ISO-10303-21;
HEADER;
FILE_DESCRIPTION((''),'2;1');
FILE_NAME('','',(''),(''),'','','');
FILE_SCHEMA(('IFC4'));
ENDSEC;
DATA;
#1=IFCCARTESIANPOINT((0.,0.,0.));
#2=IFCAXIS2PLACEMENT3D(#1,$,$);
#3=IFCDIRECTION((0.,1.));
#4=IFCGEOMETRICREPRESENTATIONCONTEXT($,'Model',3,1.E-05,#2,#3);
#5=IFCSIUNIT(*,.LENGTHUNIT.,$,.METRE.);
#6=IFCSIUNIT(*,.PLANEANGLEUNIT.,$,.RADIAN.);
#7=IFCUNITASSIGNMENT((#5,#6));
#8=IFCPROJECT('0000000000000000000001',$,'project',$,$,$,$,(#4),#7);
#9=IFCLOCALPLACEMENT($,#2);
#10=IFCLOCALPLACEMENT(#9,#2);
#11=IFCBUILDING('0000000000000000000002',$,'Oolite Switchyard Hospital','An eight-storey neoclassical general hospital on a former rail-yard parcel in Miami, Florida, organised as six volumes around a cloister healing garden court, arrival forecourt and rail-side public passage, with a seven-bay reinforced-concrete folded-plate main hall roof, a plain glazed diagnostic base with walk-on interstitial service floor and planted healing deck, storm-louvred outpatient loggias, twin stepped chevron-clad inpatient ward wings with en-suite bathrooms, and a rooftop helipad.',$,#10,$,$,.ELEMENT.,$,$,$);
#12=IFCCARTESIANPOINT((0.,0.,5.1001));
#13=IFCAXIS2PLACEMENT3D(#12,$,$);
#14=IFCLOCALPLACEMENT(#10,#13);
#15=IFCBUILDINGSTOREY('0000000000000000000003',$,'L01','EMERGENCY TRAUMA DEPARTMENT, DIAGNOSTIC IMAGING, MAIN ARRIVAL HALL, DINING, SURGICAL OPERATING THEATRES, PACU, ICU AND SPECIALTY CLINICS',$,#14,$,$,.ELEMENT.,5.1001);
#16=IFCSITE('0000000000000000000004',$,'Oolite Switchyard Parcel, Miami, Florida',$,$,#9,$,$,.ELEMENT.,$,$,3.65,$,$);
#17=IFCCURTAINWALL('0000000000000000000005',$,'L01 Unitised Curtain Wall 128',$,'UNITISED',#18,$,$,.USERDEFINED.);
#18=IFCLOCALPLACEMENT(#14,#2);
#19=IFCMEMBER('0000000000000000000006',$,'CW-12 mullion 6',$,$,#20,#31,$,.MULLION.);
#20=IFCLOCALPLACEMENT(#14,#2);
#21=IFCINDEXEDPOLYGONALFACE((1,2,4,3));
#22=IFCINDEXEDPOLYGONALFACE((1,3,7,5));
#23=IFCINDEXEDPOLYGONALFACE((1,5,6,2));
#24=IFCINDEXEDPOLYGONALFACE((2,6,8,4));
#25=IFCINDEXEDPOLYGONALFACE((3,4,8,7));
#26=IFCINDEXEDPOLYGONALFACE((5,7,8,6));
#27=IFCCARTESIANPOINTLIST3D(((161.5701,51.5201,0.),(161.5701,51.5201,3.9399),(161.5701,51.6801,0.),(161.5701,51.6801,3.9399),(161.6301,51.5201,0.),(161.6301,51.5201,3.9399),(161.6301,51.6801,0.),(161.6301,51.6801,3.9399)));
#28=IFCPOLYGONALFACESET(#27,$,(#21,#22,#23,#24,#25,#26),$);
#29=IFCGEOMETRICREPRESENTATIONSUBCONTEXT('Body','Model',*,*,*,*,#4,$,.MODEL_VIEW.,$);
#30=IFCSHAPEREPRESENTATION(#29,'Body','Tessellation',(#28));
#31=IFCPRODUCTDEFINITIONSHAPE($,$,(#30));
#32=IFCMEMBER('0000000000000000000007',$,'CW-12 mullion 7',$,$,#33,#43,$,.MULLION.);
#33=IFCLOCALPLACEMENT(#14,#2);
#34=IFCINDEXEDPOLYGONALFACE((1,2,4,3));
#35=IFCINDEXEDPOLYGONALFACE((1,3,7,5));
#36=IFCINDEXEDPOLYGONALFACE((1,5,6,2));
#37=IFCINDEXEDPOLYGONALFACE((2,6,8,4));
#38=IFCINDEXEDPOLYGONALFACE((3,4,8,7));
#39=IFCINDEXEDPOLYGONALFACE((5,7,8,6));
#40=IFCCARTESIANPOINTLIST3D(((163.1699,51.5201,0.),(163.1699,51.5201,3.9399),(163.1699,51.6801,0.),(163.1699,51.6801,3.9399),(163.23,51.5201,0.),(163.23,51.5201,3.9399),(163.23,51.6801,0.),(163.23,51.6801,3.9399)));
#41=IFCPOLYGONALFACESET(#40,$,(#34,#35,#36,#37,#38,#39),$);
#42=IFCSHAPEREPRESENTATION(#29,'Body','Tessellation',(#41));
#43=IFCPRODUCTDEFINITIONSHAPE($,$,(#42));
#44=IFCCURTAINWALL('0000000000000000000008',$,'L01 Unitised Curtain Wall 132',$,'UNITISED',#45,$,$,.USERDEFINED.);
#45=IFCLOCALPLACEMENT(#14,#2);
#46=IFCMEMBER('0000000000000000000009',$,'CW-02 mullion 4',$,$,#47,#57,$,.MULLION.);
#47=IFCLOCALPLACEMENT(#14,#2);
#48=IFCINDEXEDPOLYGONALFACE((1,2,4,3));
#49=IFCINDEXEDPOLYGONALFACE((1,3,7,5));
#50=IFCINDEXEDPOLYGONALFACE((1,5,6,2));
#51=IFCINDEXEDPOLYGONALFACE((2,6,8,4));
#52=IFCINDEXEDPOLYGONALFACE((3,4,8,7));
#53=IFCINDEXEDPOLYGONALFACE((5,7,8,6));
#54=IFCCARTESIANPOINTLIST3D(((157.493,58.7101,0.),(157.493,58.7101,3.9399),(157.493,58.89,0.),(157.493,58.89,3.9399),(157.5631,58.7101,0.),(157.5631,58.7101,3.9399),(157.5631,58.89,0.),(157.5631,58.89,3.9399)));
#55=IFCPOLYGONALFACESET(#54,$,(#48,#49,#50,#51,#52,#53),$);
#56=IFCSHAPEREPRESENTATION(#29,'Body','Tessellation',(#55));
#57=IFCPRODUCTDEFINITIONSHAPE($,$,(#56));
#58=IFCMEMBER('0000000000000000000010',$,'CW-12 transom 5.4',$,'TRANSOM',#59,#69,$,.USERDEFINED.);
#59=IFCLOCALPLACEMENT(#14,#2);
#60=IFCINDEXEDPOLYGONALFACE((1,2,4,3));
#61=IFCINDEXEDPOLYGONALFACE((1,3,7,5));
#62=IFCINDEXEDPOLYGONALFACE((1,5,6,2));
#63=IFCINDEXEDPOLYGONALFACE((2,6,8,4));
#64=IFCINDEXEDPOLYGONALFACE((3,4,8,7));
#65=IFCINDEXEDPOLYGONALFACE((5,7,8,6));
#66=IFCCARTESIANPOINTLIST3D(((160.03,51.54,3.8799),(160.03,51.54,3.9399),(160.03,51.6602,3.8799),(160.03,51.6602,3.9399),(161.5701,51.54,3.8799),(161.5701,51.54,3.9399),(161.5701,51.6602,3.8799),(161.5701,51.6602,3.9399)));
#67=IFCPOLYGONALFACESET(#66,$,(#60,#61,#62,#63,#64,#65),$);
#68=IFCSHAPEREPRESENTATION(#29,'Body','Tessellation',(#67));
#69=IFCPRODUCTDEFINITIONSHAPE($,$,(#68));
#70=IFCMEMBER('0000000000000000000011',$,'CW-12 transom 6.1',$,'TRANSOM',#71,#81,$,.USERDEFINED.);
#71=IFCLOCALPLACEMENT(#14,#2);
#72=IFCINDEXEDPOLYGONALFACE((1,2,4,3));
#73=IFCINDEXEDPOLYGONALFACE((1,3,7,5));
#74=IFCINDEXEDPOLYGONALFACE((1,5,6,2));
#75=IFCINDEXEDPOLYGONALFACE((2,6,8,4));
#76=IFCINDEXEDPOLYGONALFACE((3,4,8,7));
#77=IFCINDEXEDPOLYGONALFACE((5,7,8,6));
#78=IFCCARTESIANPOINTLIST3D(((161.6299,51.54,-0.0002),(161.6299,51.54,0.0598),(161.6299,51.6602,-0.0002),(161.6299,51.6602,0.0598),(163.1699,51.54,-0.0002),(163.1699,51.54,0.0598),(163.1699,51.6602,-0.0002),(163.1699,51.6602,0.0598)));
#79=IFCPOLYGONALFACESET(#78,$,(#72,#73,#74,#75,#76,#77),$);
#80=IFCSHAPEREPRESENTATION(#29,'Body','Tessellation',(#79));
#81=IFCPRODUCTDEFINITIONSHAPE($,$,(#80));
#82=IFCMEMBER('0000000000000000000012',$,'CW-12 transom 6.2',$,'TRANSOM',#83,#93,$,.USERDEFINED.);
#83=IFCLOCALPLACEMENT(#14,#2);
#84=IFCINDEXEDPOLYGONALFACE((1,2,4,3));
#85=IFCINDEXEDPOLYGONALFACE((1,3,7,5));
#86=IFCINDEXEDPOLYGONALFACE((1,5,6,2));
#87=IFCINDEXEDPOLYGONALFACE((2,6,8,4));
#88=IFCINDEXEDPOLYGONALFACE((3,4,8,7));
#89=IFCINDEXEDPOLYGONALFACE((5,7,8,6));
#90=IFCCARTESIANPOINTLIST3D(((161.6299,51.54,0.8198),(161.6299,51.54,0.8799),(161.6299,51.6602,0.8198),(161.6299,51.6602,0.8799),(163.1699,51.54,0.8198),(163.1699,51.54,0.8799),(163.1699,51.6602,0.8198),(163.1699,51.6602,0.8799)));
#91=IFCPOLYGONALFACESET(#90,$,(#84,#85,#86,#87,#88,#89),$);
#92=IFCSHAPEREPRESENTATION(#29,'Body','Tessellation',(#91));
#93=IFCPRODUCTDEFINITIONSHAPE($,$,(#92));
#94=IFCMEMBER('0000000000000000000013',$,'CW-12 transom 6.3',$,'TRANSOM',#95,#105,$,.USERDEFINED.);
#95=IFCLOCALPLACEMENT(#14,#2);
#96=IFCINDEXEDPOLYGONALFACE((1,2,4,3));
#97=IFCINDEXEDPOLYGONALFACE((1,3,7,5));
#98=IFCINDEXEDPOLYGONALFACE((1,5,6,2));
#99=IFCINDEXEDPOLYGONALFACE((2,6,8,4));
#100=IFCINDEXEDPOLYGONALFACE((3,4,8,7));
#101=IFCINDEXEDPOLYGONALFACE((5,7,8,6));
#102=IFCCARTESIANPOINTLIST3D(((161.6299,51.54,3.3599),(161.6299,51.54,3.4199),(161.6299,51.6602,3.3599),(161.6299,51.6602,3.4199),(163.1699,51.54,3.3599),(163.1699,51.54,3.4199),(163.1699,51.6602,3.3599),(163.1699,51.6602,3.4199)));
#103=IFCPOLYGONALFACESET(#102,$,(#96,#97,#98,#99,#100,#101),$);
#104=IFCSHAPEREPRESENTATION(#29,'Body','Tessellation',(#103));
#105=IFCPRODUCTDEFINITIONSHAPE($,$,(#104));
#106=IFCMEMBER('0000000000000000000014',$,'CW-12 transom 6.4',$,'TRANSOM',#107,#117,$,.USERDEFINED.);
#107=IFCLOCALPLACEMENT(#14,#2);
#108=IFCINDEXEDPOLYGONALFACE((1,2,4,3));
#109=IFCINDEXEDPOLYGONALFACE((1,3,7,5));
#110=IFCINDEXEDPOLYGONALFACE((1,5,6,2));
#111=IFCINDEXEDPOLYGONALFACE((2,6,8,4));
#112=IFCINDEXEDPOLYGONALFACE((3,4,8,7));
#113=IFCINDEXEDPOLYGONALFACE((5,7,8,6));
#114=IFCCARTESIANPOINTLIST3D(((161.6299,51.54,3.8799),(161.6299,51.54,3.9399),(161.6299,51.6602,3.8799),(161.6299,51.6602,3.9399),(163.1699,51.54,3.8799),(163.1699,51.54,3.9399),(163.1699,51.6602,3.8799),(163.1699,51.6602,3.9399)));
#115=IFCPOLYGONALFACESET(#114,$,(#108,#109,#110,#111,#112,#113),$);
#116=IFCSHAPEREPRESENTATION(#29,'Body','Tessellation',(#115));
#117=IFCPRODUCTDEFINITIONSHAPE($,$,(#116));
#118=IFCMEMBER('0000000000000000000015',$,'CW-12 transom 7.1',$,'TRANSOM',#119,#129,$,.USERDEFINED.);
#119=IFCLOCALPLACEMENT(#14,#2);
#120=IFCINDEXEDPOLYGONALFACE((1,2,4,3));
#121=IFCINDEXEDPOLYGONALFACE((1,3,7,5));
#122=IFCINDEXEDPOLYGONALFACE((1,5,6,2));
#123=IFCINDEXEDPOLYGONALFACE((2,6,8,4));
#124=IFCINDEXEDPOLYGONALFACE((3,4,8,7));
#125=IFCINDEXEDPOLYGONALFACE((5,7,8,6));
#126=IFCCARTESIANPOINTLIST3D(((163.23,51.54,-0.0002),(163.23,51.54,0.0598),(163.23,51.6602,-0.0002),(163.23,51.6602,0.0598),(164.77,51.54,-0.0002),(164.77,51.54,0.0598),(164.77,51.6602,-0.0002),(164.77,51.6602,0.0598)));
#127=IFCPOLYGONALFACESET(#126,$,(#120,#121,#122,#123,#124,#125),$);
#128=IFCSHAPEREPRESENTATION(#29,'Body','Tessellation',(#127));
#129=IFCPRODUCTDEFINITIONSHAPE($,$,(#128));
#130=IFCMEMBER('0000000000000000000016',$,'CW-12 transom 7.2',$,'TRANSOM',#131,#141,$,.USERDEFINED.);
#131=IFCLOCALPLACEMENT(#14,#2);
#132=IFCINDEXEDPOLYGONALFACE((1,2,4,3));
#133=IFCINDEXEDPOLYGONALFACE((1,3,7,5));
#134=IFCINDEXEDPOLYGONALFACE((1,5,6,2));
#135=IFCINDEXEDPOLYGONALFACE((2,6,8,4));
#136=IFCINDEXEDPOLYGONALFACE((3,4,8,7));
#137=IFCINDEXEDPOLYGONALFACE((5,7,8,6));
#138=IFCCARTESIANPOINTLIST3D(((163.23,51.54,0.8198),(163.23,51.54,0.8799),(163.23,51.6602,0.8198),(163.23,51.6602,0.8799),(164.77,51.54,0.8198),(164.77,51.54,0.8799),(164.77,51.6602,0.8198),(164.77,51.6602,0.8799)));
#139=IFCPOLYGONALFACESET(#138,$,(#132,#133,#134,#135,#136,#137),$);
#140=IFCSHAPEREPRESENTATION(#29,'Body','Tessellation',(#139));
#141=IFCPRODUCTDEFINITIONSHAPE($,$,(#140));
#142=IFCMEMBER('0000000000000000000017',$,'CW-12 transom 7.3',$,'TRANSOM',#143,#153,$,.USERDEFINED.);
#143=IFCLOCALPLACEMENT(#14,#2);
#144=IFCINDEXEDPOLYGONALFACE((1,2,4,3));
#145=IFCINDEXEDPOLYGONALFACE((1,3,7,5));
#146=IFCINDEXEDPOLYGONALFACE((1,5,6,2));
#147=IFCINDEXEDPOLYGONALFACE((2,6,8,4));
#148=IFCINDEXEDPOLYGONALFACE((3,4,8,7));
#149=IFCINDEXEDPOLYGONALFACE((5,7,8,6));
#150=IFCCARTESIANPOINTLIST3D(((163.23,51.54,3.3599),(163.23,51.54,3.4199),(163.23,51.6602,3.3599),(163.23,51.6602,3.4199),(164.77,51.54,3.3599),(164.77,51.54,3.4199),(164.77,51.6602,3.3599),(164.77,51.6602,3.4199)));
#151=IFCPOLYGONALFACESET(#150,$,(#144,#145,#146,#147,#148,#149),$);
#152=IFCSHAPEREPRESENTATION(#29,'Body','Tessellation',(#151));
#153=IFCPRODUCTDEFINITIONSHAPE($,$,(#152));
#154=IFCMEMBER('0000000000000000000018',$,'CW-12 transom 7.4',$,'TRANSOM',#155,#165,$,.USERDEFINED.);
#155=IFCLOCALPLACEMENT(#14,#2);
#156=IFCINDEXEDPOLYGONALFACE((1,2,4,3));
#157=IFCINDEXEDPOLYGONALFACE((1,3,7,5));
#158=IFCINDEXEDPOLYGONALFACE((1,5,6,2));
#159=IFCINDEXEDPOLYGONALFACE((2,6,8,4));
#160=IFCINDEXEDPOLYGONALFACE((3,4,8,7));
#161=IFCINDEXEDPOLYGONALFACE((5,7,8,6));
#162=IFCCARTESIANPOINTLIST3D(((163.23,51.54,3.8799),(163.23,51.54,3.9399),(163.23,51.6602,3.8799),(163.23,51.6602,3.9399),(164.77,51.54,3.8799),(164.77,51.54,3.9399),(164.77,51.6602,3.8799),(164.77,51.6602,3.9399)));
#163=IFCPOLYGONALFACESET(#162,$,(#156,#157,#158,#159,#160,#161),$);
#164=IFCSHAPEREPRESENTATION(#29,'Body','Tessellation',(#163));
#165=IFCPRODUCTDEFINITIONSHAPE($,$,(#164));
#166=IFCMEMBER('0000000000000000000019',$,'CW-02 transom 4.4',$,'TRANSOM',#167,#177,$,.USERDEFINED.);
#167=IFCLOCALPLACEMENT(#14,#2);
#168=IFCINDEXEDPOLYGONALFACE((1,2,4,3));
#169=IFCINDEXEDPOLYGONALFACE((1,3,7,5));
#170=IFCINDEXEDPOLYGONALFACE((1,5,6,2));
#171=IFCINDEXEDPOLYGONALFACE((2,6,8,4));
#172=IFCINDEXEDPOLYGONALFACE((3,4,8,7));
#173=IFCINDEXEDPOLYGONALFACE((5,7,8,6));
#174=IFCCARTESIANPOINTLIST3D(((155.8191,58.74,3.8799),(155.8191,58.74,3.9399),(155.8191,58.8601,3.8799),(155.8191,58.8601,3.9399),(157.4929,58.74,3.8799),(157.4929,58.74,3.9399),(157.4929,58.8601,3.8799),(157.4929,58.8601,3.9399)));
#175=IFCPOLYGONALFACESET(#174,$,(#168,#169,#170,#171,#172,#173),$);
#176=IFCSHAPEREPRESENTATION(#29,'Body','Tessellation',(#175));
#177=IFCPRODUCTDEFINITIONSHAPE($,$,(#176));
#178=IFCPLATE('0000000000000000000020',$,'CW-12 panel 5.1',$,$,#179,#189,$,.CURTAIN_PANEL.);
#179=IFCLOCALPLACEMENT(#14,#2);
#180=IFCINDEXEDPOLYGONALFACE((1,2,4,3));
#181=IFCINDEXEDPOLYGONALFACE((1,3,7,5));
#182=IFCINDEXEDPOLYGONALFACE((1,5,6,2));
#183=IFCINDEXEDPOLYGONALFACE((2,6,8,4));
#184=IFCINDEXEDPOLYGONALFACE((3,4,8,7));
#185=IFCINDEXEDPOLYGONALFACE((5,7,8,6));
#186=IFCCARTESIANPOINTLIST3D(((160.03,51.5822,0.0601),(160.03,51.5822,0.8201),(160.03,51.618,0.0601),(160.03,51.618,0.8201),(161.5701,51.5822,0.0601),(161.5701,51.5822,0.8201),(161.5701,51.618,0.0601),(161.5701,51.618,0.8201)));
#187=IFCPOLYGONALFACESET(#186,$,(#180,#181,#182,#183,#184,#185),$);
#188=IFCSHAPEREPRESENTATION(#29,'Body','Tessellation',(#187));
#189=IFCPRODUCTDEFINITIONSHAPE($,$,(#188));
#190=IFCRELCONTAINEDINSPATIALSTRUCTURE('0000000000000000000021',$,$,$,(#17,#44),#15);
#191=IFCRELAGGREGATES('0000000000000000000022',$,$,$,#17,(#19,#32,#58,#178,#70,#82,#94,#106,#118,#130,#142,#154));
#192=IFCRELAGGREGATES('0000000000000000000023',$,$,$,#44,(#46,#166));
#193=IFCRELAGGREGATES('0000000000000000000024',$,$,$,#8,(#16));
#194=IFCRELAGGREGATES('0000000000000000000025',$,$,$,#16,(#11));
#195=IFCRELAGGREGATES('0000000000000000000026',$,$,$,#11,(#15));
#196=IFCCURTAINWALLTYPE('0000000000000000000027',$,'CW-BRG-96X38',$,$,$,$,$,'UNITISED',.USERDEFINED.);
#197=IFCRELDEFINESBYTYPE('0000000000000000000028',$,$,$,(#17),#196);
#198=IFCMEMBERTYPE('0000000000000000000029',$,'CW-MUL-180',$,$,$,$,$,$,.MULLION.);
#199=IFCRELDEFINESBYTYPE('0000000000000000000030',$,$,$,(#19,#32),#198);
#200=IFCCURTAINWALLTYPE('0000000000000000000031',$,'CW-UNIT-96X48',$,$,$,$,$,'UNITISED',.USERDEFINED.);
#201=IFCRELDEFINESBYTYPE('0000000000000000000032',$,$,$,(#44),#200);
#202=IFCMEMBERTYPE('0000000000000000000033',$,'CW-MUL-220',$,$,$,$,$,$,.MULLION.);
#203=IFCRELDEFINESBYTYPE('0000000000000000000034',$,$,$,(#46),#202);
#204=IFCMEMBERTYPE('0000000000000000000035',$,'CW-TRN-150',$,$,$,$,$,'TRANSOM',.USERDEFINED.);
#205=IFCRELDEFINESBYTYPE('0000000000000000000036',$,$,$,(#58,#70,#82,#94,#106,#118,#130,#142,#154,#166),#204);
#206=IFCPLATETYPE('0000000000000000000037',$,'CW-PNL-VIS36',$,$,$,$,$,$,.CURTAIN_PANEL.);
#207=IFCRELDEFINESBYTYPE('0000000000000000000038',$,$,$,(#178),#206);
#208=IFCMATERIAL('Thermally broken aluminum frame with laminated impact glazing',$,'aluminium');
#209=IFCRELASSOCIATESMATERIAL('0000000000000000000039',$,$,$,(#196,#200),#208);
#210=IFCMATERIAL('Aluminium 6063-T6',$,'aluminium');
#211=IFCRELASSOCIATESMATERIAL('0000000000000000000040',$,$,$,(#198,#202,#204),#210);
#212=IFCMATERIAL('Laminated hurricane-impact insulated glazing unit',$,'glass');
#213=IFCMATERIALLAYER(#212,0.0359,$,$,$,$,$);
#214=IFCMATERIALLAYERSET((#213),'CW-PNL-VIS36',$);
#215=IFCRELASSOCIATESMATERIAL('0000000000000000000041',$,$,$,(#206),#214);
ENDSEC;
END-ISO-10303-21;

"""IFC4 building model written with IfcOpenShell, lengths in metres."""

from ifc_helpers import new_model, si_unit, direction, frame, origin, origin_2d, place, context, subcontext, project, spatial, rectangle, extrude, material, layer, layer_set, material_profile, profile_set, type_object, element, aggregate, save


model = new_model("IFC4")

# Units and contexts
model_context = context("Model", 3, precision=1e-05, world=origin(), true_north=direction((0.0, 1.0)))
body_context = subcontext(model_context, "Body", "Model", "MODEL_VIEW")
ifc_project = project(units=[si_unit("LENGTHUNIT", "METRE"), si_unit("PLANEANGLEUNIT", "RADIAN")], contexts=[model_context])

# Site, building, storey
site_placement = place(None, origin())
site = spatial("IfcSite", under=ifc_project, at=site_placement, Name="Oolite Switchyard Parcel, Miami, Florida", CompositionType="ELEMENT", RefElevation=3.65)
building_placement = place(site_placement, origin())
building = spatial("IfcBuilding", under=site, at=building_placement, Name="Oolite Switchyard Hospital", Description="An eight-storey neoclassical general hospital on a former rail-yard parcel in Miami, Florida, organised as six volumes around a cloister healing garden court, arrival forecourt and rail-side public passage, with a seven-bay reinforced-concrete folded-plate main hall roof, a plain glazed diagnostic base with walk-on interstitial service floor and planted healing deck, storm-louvred outpatient loggias, twin stepped chevron-clad inpatient ward wings with en-suite bathrooms, and a rooftop helipad.", CompositionType="ELEMENT")
storey_placement = place(building_placement, frame((0.0, 0.0, 5.1001)))
storey = spatial("IfcBuildingStorey", under=building, at=storey_placement, Name="L01", Description="EMERGENCY TRAUMA DEPARTMENT, DIAGNOSTIC IMAGING, MAIN ARRIVAL HALL, DINING, SURGICAL OPERATING THEATRES, PACU, ICU AND SPECIALTY CLINICS", CompositionType="ELEMENT", Elevation=5.1001)

# Curtain wall, members
ifc_material_1 = material(Name="Thermally broken aluminum frame with laminated impact glazing", Category="aluminium")
curtain_wall_type_1 = type_object("IfcCurtainWallType", Name="CW-BRG-96X38", ElementType="UNITISED", PredefinedType="USERDEFINED", material=ifc_material_1)
curtain_wall_1_placement = place(storey_placement, origin())
curtain_wall_1 = element("IfcCurtainWall", 1, at=curtain_wall_1_placement, inside=storey, type_object=curtain_wall_type_1, Name="L01 Unitised Curtain Wall 128", ObjectType="UNITISED", PredefinedType="USERDEFINED")
ifc_material_2 = material(Name="Aluminium 6063-T6", Category="aluminium")
ifc_material_profile_1 = material_profile(ifc_material_2, rectangle(XDim=0.1599, YDim=0.0601, at=origin_2d()), Name="CWM60X160")
ifc_profile_set_1 = profile_set([ifc_material_profile_1], Name="Aluminium 6063-T6")
member_type_1 = type_object("IfcMemberType", Name="CW-MUL-180", PredefinedType="MULLION", material=ifc_profile_set_1)
member_1_placement = place(storey_placement, frame((161.6001, 51.6001, 0.0), z_axis=(0.0, 0.0, 1.0), x_axis=(0.0, 1.0, 0.0)))
member_1 = element("IfcMember", 2, at=member_1_placement, type_object=member_type_1, Name="CW-12 mullion 6", PredefinedType="MULLION", context=body_context, shape_type="SweptSolid", body=[
    extrude(rectangle(XDim=0.1599, YDim=0.0601, at=origin_2d()), origin(), (0.0, 0.0, 1.0), 3.9399),
])
member_2_placement = place(storey_placement, frame((163.2, 51.6001, 0.0), z_axis=(0.0, 0.0, 1.0), x_axis=(0.0, 1.0, 0.0)))
member_2 = element("IfcMember", 3, at=member_2_placement, type_object=member_type_1, Name="CW-12 mullion 7", PredefinedType="MULLION", context=body_context, shape_type="SweptSolid", body=[
    extrude(rectangle(XDim=0.1599, YDim=0.0601, at=origin_2d()), origin(), (0.0, 0.0, 1.0), 3.9399),
])

# Curtain wall, member
curtain_wall_type_2 = type_object("IfcCurtainWallType", Name="CW-UNIT-96X48", ElementType="UNITISED", PredefinedType="USERDEFINED", material=ifc_material_1)
curtain_wall_2_placement = place(storey_placement, origin())
curtain_wall_2 = element("IfcCurtainWall", 4, at=curtain_wall_2_placement, inside=storey, type_object=curtain_wall_type_2, Name="L01 Unitised Curtain Wall 132", ObjectType="UNITISED", PredefinedType="USERDEFINED")
ifc_material_profile_2 = material_profile(ifc_material_2, rectangle(XDim=0.1799, YDim=0.0701, at=origin_2d()), Name="CWM70X180")
ifc_profile_set_2 = profile_set([ifc_material_profile_2], Name="Aluminium 6063-T6")
member_type_2 = type_object("IfcMemberType", Name="CW-MUL-220", PredefinedType="MULLION", material=ifc_profile_set_2)
member_3_placement = place(storey_placement, frame((157.5281, 58.8, 0.0), z_axis=(0.0, 0.0, 1.0), x_axis=(0.0, -1.0, 0.0)))
member_3 = element("IfcMember", 5, at=member_3_placement, type_object=member_type_2, Name="CW-02 mullion 4", PredefinedType="MULLION", context=body_context, shape_type="SweptSolid", body=[
    extrude(rectangle(XDim=0.1799, YDim=0.0701, at=origin_2d()), origin(), (0.0, 0.0, 1.0), 3.9399),
])

# Members
ifc_material_profile_3 = material_profile(ifc_material_2, rectangle(XDim=0.1201, YDim=0.0601, at=origin_2d()), Name="CWT60X120")
ifc_profile_set_3 = profile_set([ifc_material_profile_3], Name="Aluminium 6063-T6")
member_type_3 = type_object("IfcMemberType", Name="CW-TRN-150", ElementType="TRANSOM", PredefinedType="USERDEFINED", material=ifc_profile_set_3)
member_4_placement = place(storey_placement, frame((160.03, 51.6001, 3.9099), z_axis=(1.0, 0.0, 0.0), x_axis=(0.0, 1.0, 0.0)))
member_4 = element("IfcMember", 6, at=member_4_placement, type_object=member_type_3, Name="CW-12 transom 5.4", ObjectType="TRANSOM", PredefinedType="USERDEFINED", context=body_context, shape_type="SweptSolid", body=[
    extrude(rectangle(XDim=0.1201, YDim=0.0601, at=origin_2d()), origin(), (0.0, 0.0, 1.0), 1.54),
])
member_5_placement = place(storey_placement, frame((161.6299, 51.6001, 0.0298), z_axis=(1.0, 0.0, 0.0), x_axis=(0.0, 1.0, 0.0)))
member_5 = element("IfcMember", 7, at=member_5_placement, type_object=member_type_3, Name="CW-12 transom 6.1", ObjectType="TRANSOM", PredefinedType="USERDEFINED", context=body_context, shape_type="SweptSolid", body=[
    extrude(rectangle(XDim=0.1201, YDim=0.0601, at=origin_2d()), origin(), (0.0, 0.0, 1.0), 1.54),
])
member_6_placement = place(storey_placement, frame((161.6299, 51.6001, 0.8499), z_axis=(1.0, 0.0, 0.0), x_axis=(0.0, 1.0, 0.0)))
member_6 = element("IfcMember", 8, at=member_6_placement, type_object=member_type_3, Name="CW-12 transom 6.2", ObjectType="TRANSOM", PredefinedType="USERDEFINED", context=body_context, shape_type="SweptSolid", body=[
    extrude(rectangle(XDim=0.1201, YDim=0.0601, at=origin_2d()), origin(), (0.0, 0.0, 1.0), 1.54),
])
member_7_placement = place(storey_placement, frame((161.6299, 51.6001, 3.3899), z_axis=(1.0, 0.0, 0.0), x_axis=(0.0, 1.0, 0.0)))
member_7 = element("IfcMember", 9, at=member_7_placement, type_object=member_type_3, Name="CW-12 transom 6.3", ObjectType="TRANSOM", PredefinedType="USERDEFINED", context=body_context, shape_type="SweptSolid", body=[
    extrude(rectangle(XDim=0.1201, YDim=0.0601, at=origin_2d()), origin(), (0.0, 0.0, 1.0), 1.54),
])
member_8_placement = place(storey_placement, frame((161.6299, 51.6001, 3.9099), z_axis=(1.0, 0.0, 0.0), x_axis=(0.0, 1.0, 0.0)))
member_8 = element("IfcMember", 10, at=member_8_placement, type_object=member_type_3, Name="CW-12 transom 6.4", ObjectType="TRANSOM", PredefinedType="USERDEFINED", context=body_context, shape_type="SweptSolid", body=[
    extrude(rectangle(XDim=0.1201, YDim=0.0601, at=origin_2d()), origin(), (0.0, 0.0, 1.0), 1.54),
])
member_9_placement = place(storey_placement, frame((163.23, 51.6001, 0.0298), z_axis=(1.0, 0.0, 0.0), x_axis=(0.0, 1.0, 0.0)))
member_9 = element("IfcMember", 11, at=member_9_placement, type_object=member_type_3, Name="CW-12 transom 7.1", ObjectType="TRANSOM", PredefinedType="USERDEFINED", context=body_context, shape_type="SweptSolid", body=[
    extrude(rectangle(XDim=0.1201, YDim=0.0601, at=origin_2d()), origin(), (0.0, 0.0, 1.0), 1.54),
])
member_10_placement = place(storey_placement, frame((163.23, 51.6001, 0.8499), z_axis=(1.0, 0.0, 0.0), x_axis=(0.0, 1.0, 0.0)))
member_10 = element("IfcMember", 12, at=member_10_placement, type_object=member_type_3, Name="CW-12 transom 7.2", ObjectType="TRANSOM", PredefinedType="USERDEFINED", context=body_context, shape_type="SweptSolid", body=[
    extrude(rectangle(XDim=0.1201, YDim=0.0601, at=origin_2d()), origin(), (0.0, 0.0, 1.0), 1.54),
])
member_11_placement = place(storey_placement, frame((163.23, 51.6001, 3.3899), z_axis=(1.0, 0.0, 0.0), x_axis=(0.0, 1.0, 0.0)))
member_11 = element("IfcMember", 13, at=member_11_placement, type_object=member_type_3, Name="CW-12 transom 7.3", ObjectType="TRANSOM", PredefinedType="USERDEFINED", context=body_context, shape_type="SweptSolid", body=[
    extrude(rectangle(XDim=0.1201, YDim=0.0601, at=origin_2d()), origin(), (0.0, 0.0, 1.0), 1.54),
])
member_12_placement = place(storey_placement, frame((163.23, 51.6001, 3.9099), z_axis=(1.0, 0.0, 0.0), x_axis=(0.0, 1.0, 0.0)))
member_12 = element("IfcMember", 14, at=member_12_placement, type_object=member_type_3, Name="CW-12 transom 7.4", ObjectType="TRANSOM", PredefinedType="USERDEFINED", context=body_context, shape_type="SweptSolid", body=[
    extrude(rectangle(XDim=0.1201, YDim=0.0601, at=origin_2d()), origin(), (0.0, 0.0, 1.0), 1.54),
])
member_13_placement = place(storey_placement, frame((157.4929, 58.8, 3.9099), z_axis=(-1.0, 0.0, 0.0), x_axis=(0.0, -1.0, 0.0)))
member_13 = element("IfcMember", 15, at=member_13_placement, type_object=member_type_3, Name="CW-02 transom 4.4", ObjectType="TRANSOM", PredefinedType="USERDEFINED", context=body_context, shape_type="SweptSolid", body=[
    extrude(rectangle(XDim=0.1201, YDim=0.0601, at=origin_2d()), origin(), (0.0, 0.0, 1.0), 1.6738),
])

# Plate
ifc_material_3 = material(Name="Laminated hurricane-impact insulated glazing unit", Category="glass")
ifc_layer_1 = layer(ifc_material_3, 0.0359)
ifc_layer_set_1 = layer_set([ifc_layer_1], Name="CW-PNL-VIS36")
plate_type_1 = type_object("IfcPlateType", Name="CW-PNL-VIS36", PredefinedType="CURTAIN_PANEL", material=ifc_layer_set_1)
plate_1_placement = place(storey_placement, frame((160.8, 51.6001, 0.0601), z_axis=(0.0, 0.0, 1.0), x_axis=(1.0, 0.0, 0.0)))
plate_1 = element("IfcPlate", 16, at=plate_1_placement, type_object=plate_type_1, Name="CW-12 panel 5.1", PredefinedType="CURTAIN_PANEL", context=body_context, shape_type="SweptSolid", body=[
    extrude(rectangle(XDim=1.54, YDim=0.0359, at=origin_2d()), origin(), (0.0, 0.0, 1.0), 0.76),
])
aggregate(curtain_wall_1, [member_1, member_2, member_4, plate_1, member_5, member_6, member_7, member_8, member_9, member_10, member_11, member_12])
aggregate(curtain_wall_2, [member_3, member_13])

save(model, "model.ifc")
